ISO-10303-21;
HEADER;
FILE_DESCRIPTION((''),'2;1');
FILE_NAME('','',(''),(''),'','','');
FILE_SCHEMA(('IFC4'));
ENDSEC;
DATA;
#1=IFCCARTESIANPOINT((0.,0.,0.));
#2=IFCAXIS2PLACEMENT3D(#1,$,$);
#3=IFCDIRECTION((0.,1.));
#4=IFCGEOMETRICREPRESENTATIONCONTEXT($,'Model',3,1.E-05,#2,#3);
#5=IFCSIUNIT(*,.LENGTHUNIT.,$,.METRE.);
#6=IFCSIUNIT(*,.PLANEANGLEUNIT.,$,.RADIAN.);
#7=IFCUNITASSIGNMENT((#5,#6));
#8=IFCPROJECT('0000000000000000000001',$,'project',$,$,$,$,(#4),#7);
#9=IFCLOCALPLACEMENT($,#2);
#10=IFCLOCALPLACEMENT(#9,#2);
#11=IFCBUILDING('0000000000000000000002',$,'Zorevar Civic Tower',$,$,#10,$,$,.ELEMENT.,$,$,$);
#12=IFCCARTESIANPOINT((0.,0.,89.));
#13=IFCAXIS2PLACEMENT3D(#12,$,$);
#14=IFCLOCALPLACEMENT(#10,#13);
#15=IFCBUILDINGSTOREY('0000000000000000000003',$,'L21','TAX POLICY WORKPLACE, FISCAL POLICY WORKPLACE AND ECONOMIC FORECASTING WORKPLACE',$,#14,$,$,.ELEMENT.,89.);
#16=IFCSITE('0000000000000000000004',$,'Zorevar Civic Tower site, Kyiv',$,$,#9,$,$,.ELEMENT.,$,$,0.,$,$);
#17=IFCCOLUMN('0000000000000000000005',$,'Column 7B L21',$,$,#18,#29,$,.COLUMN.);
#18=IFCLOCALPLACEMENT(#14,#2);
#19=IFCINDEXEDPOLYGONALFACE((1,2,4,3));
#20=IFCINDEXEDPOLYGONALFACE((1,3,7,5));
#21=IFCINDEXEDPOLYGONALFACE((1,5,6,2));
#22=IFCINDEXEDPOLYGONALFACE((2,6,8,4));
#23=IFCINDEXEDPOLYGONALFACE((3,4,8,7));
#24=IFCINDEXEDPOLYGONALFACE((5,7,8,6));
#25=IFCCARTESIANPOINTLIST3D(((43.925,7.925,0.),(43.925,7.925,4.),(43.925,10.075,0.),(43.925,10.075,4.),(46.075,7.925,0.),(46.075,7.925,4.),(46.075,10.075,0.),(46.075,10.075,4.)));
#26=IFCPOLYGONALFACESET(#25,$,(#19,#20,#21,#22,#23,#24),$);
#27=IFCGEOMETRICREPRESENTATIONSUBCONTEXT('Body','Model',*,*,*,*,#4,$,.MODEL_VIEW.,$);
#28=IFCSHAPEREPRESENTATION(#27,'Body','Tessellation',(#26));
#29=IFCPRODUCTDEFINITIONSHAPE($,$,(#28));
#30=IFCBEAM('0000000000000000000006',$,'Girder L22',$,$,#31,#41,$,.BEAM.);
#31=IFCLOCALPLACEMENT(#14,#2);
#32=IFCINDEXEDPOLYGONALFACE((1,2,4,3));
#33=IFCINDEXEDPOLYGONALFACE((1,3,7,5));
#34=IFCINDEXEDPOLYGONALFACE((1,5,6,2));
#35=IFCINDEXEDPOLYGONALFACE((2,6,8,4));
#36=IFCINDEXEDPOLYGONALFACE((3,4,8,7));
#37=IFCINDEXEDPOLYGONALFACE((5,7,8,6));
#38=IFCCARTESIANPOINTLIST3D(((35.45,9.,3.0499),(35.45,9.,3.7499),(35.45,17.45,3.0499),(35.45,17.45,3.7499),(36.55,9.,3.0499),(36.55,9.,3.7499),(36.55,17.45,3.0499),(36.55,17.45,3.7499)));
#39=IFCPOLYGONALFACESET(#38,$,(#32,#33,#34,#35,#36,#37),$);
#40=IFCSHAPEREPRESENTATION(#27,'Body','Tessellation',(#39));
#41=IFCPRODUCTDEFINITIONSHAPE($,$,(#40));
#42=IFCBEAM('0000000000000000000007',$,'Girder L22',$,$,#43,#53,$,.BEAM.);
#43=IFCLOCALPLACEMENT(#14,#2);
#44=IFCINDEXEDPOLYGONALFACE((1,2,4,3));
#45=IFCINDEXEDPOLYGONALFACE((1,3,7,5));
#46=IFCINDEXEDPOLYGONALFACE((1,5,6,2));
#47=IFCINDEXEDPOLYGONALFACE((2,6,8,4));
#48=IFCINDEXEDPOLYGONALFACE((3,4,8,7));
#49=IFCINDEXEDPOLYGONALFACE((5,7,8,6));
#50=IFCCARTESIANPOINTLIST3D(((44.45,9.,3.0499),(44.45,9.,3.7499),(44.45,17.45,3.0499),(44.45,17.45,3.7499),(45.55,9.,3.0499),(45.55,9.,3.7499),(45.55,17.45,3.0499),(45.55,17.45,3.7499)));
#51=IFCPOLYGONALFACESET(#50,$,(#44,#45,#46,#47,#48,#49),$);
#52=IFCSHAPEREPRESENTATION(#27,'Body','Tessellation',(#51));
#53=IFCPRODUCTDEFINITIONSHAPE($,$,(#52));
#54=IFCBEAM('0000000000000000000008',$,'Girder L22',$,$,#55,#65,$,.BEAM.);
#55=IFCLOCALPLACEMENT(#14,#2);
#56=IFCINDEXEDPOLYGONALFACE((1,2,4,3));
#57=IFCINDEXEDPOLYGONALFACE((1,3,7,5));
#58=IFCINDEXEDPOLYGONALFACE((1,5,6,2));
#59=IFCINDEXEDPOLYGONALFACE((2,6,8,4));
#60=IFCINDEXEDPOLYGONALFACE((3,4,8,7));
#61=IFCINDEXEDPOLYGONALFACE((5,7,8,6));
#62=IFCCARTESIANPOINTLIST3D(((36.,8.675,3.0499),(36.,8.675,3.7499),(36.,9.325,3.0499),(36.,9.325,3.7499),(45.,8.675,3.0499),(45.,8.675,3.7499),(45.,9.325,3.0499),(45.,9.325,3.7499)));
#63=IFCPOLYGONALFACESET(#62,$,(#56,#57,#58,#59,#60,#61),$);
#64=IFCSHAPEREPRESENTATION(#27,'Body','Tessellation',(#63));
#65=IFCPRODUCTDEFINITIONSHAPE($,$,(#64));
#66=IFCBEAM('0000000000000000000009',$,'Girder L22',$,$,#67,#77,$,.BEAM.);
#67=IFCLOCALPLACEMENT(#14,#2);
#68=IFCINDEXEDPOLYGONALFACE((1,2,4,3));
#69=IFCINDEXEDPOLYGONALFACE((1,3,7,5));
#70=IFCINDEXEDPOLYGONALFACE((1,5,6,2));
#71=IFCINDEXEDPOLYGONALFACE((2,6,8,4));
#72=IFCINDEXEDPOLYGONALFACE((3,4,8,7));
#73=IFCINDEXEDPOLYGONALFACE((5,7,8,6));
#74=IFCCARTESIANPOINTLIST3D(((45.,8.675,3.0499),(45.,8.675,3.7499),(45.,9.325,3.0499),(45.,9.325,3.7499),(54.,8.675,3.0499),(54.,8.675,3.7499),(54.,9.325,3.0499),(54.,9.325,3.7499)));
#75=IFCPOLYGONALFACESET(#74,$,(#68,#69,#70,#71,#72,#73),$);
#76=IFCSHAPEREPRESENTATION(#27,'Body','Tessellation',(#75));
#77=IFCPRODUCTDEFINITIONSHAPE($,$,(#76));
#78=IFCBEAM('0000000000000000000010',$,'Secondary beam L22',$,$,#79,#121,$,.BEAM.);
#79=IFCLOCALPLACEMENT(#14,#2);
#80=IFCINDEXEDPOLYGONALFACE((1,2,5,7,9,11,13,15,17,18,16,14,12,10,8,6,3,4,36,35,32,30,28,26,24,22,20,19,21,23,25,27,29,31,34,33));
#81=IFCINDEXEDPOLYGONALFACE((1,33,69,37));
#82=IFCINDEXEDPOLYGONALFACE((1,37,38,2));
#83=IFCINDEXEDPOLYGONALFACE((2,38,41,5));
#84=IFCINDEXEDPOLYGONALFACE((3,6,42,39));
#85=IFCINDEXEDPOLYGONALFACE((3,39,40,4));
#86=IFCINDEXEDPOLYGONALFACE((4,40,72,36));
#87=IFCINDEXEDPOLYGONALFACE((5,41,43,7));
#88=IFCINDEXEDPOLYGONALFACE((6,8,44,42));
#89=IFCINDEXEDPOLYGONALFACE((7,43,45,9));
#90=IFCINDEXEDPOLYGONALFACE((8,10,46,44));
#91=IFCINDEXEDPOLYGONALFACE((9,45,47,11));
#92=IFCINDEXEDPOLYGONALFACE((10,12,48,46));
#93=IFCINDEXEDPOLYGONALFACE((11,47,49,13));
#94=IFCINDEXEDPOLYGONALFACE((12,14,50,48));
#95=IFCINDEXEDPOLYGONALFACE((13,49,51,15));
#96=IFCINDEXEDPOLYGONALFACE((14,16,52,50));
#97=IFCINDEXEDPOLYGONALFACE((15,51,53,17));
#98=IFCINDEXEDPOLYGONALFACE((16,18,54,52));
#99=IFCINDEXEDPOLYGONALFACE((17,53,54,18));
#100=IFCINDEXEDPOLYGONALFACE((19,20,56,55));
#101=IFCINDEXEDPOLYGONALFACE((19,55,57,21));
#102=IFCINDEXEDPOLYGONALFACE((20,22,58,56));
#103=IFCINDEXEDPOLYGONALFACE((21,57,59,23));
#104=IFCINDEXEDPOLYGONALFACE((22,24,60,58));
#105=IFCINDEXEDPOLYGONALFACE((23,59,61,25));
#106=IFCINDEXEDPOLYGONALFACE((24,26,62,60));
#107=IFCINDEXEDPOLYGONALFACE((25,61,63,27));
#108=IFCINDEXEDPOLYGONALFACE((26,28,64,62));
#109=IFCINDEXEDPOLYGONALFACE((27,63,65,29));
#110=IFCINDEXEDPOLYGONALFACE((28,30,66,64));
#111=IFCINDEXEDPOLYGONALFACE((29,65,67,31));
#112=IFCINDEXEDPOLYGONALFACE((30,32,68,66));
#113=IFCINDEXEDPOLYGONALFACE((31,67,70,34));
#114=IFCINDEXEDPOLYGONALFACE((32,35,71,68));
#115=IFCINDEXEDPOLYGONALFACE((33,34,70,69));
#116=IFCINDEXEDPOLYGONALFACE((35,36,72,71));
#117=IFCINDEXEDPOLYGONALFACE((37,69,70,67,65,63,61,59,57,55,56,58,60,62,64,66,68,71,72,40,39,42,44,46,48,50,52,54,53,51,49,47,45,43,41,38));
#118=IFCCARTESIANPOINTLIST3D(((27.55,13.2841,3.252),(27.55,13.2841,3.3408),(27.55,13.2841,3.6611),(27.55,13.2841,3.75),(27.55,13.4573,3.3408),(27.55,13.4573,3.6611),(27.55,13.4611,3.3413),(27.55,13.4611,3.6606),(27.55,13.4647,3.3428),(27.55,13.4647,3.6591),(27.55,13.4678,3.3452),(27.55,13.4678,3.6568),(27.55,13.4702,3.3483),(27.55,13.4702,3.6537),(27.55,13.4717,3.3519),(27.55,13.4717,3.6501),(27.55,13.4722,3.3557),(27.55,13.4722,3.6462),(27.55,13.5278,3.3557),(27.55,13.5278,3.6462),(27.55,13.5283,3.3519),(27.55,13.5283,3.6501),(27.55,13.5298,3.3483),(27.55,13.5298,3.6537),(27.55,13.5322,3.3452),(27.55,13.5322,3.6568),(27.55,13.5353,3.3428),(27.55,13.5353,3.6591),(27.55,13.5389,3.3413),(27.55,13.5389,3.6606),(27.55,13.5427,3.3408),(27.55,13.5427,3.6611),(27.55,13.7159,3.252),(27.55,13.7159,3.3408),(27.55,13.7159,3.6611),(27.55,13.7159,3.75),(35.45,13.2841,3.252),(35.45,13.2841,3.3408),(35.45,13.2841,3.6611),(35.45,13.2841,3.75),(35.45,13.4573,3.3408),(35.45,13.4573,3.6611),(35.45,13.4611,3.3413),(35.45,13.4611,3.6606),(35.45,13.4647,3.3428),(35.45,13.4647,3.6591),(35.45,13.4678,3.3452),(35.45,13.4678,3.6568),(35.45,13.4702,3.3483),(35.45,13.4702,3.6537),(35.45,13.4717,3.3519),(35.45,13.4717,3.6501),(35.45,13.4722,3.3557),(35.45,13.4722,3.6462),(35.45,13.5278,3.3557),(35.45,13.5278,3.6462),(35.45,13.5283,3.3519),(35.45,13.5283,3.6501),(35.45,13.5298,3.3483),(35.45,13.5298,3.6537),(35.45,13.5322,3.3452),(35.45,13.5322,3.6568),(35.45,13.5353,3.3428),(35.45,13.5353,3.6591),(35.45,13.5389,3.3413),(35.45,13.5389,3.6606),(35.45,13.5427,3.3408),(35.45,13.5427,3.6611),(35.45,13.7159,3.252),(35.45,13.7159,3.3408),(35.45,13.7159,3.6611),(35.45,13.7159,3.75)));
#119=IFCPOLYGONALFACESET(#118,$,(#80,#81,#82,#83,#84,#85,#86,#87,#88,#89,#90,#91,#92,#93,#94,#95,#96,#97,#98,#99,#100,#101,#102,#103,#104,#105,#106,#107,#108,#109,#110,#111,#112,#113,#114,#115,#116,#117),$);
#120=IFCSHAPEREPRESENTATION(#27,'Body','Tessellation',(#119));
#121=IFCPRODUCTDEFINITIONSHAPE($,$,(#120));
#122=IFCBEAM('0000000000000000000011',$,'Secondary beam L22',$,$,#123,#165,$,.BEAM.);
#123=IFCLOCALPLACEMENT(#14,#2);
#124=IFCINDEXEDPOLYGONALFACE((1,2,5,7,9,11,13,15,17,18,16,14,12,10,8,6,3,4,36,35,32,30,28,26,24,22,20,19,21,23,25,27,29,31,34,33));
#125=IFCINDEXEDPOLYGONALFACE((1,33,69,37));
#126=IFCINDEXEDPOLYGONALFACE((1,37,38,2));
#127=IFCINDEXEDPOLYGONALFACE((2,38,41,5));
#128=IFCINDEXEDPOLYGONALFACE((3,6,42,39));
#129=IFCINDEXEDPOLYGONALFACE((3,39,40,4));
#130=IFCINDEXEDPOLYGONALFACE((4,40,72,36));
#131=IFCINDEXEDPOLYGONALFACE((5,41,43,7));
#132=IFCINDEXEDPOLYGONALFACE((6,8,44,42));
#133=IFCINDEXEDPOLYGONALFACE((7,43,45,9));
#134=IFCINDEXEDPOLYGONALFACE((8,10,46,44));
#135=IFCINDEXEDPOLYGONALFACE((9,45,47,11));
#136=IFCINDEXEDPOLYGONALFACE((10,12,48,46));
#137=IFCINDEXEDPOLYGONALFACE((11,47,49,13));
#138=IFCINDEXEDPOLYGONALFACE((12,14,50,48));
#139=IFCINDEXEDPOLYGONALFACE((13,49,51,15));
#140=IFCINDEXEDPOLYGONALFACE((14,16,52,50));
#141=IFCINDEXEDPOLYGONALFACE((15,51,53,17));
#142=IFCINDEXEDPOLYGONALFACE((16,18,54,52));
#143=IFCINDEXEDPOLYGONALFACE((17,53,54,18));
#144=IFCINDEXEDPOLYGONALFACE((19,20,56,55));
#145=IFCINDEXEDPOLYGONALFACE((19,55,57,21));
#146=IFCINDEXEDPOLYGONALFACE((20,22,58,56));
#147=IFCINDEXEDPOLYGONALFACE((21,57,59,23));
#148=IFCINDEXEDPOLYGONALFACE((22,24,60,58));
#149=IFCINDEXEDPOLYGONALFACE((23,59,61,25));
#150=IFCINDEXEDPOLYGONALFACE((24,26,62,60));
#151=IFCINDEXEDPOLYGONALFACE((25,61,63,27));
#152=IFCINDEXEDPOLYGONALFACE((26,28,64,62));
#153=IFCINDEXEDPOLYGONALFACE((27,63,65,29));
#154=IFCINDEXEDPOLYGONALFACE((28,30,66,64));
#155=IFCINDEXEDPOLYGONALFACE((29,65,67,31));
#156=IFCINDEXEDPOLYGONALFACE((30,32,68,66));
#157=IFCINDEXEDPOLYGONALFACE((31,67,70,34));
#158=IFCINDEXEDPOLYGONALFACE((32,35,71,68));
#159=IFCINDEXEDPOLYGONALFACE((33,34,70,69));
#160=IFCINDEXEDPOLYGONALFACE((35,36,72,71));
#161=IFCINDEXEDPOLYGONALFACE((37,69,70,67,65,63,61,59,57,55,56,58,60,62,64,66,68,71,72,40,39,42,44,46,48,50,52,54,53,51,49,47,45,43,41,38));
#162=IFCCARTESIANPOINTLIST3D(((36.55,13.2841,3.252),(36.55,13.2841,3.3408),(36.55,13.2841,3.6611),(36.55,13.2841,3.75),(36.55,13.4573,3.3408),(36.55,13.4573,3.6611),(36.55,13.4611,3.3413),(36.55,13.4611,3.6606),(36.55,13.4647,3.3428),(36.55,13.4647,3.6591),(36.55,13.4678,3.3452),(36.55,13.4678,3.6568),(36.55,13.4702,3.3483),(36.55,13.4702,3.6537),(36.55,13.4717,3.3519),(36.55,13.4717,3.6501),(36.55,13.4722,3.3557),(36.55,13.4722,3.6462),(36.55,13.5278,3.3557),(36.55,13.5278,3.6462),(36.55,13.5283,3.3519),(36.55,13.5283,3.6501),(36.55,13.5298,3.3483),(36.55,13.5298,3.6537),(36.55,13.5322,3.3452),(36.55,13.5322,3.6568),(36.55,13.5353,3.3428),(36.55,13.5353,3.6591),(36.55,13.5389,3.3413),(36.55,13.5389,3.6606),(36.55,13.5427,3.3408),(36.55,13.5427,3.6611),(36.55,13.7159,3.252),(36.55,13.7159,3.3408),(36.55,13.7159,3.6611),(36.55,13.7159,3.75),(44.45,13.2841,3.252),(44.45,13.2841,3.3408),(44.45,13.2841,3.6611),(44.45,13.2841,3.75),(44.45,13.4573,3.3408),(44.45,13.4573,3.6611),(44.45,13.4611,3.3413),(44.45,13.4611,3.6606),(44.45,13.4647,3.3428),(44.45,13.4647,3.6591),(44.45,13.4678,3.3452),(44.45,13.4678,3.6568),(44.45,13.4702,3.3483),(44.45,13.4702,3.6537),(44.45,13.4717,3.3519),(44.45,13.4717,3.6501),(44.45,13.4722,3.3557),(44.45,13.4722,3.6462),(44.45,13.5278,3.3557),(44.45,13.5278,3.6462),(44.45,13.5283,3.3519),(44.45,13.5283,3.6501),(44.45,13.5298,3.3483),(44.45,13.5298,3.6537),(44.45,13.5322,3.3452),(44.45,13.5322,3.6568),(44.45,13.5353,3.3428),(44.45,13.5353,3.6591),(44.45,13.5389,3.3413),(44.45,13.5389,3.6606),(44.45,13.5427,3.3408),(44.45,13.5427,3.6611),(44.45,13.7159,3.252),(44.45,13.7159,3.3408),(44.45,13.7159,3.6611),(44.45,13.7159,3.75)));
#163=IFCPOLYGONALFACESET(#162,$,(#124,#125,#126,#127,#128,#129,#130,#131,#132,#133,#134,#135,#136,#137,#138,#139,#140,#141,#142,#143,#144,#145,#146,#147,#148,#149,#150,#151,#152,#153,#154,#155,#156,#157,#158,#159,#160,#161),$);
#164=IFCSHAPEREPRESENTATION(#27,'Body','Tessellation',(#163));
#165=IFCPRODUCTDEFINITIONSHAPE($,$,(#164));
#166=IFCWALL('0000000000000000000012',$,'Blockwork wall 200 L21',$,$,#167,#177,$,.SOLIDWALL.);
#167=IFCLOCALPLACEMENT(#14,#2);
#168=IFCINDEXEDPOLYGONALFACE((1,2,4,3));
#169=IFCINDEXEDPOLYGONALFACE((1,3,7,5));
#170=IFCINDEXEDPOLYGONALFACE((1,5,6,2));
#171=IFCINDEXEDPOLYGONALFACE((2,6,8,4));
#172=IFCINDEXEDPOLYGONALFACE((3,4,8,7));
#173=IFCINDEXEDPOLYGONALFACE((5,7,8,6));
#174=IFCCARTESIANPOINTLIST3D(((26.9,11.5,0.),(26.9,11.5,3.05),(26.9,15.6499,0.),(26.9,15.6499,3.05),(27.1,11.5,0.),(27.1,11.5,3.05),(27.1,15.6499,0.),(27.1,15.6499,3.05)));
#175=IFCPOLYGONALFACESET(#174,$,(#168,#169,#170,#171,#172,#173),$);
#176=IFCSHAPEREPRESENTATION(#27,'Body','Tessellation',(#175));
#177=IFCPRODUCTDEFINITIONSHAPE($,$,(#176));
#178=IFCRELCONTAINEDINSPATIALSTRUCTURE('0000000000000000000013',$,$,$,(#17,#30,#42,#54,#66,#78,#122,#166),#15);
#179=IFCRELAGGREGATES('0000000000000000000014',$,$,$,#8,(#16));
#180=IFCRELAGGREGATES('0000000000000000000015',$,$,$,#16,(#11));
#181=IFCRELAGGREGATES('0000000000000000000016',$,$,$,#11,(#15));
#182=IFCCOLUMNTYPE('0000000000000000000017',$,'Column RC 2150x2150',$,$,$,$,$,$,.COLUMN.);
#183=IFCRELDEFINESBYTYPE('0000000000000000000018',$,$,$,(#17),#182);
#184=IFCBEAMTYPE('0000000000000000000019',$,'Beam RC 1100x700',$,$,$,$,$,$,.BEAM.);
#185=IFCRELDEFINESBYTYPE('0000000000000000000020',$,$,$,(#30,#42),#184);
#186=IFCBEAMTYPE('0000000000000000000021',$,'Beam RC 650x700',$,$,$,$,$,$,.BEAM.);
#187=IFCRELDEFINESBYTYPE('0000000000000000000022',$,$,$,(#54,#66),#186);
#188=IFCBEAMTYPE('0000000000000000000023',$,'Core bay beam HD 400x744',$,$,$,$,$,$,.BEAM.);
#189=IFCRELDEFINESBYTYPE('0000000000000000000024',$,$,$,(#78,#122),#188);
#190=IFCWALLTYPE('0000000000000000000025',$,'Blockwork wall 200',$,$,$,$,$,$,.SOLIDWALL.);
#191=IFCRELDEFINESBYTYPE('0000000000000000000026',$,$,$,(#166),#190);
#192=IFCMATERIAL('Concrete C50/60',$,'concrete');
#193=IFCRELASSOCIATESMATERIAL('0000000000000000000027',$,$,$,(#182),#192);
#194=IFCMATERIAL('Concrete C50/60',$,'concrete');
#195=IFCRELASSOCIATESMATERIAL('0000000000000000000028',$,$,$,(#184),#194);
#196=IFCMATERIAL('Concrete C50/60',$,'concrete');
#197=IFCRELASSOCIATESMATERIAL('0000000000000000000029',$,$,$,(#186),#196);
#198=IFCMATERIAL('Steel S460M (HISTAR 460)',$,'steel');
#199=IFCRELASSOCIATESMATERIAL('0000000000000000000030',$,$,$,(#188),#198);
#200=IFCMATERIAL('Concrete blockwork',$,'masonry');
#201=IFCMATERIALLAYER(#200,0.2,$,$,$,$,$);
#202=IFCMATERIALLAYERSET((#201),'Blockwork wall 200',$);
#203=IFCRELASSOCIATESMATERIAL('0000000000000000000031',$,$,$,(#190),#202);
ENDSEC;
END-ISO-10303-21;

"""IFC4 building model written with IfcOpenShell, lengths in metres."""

from ifc_helpers import new_model, si_unit, direction, frame, frame_2d, origin, origin_2d, place, context, subcontext, project, spatial, rectangle, i_section, extrude, material, layer, layer_set, material_profile, profile_set, type_object, element, save


model = new_model("IFC4")

# Units and contexts
model_context = context("Model", 3, precision=1e-05, world=origin(), true_north=direction((0.0, 1.0)))
body_context = subcontext(model_context, "Body", "Model", "MODEL_VIEW")
ifc_project = project(units=[si_unit("LENGTHUNIT", "METRE"), si_unit("PLANEANGLEUNIT", "RADIAN")], contexts=[model_context])

# Site, building, storey
site_placement = place(None, origin())
site = spatial("IfcSite", under=ifc_project, at=site_placement, Name="Zorevar Civic Tower site, Kyiv", CompositionType="ELEMENT", RefElevation=0.0)
building_placement = place(site_placement, origin())
building = spatial("IfcBuilding", under=site, at=building_placement, Name="Zorevar Civic Tower", CompositionType="ELEMENT")
storey_placement = place(building_placement, frame((0.0, 0.0, 89.0)))
storey = spatial("IfcBuildingStorey", under=building, at=storey_placement, Name="L21", Description="TAX POLICY WORKPLACE, FISCAL POLICY WORKPLACE AND ECONOMIC FORECASTING WORKPLACE", CompositionType="ELEMENT", Elevation=89.0)

# Column
ifc_material_1 = material(Name="Concrete C50/60", Category="concrete")
ifc_material_profile_1 = material_profile(ifc_material_1, rectangle(XDim=2.1499, YDim=2.1499, at=origin_2d()), Name="RC 2150x2150")
ifc_profile_set_1 = profile_set([ifc_material_profile_1], Name="Concrete C50/60")
column_type = type_object("IfcColumnType", Name="Column RC 2150x2150", PredefinedType="COLUMN", material=ifc_profile_set_1)
column_placement = place(storey_placement, frame((45.0, 9.0, 0.0), z_axis=(0.0, 0.0, 1.0), x_axis=(1.0, 0.0, 0.0)))
element("IfcColumn", 1, at=column_placement, inside=storey, type_object=column_type, Name="Column 7B L21", PredefinedType="COLUMN", context=body_context, shape_type="SweptSolid", body=[
    extrude(rectangle(XDim=2.1499, YDim=2.1499, at=origin_2d()), origin(), (0.0, 0.0, 1.0), 4.0),
])

# Beams
ifc_material_2 = material(Name="Concrete C50/60", Category="concrete")
ifc_material_profile_2 = material_profile(ifc_material_2, rectangle(XDim=1.1001, YDim=0.7, at=origin_2d()), Name="RC 1100x700")
ifc_profile_set_2 = profile_set([ifc_material_profile_2], Name="Concrete C50/60")
beam_type_1 = type_object("IfcBeamType", Name="Beam RC 1100x700", PredefinedType="BEAM", material=ifc_profile_set_2)
for number, where, z_axis, x_axis, name in (
    (2, (36.0, 9.0, 3.3999), (0.0, 1.0, 0.0), (-1.0, 0.0, 0.0), "Girder L22"),
    (3, (45.0, 9.0, 3.3999), (0.0, 1.0, 0.0), (-1.0, 0.0, 0.0), "Girder L22"),
):
    element("IfcBeam", number, at=place(storey_placement, frame(where, z_axis=z_axis, x_axis=x_axis)), inside=storey, type_object=beam_type_1, Name=name, PredefinedType="BEAM", context=body_context, shape_type="SweptSolid", body=[
        extrude(rectangle(XDim=1.1001, YDim=0.7, at=origin_2d()), origin(), (0.0, 0.0, 1.0), 8.45),
    ])
ifc_material_3 = material(Name="Concrete C50/60", Category="concrete")
ifc_material_profile_3 = material_profile(ifc_material_3, rectangle(XDim=0.6499, YDim=0.7, at=origin_2d()), Name="RC 650x700")
ifc_profile_set_3 = profile_set([ifc_material_profile_3], Name="Concrete C50/60")
beam_type_2 = type_object("IfcBeamType", Name="Beam RC 650x700", PredefinedType="BEAM", material=ifc_profile_set_3)
for number, where, z_axis, x_axis, name in (
    (4, (36.0, 9.0, 3.3999), (1.0, 0.0, 0.0), (0.0, 1.0, 0.0), "Girder L22"),
    (5, (45.0, 9.0, 3.3999), (1.0, 0.0, 0.0), (0.0, 1.0, 0.0), "Girder L22"),
):
    element("IfcBeam", number, at=place(storey_placement, frame(where, z_axis=z_axis, x_axis=x_axis)), inside=storey, type_object=beam_type_2, Name=name, PredefinedType="BEAM", context=body_context, shape_type="SweptSolid", body=[
        extrude(rectangle(XDim=0.6499, YDim=0.7, at=origin_2d()), origin(), (0.0, 0.0, 1.0), 9.0),
    ])
ifc_material_4 = material(Name="Steel S460M (HISTAR 460)", Category="steel")
ifc_material_profile_4 = material_profile(ifc_material_4, i_section(OverallWidth=0.4319, OverallDepth=0.498, WebThickness=0.0557, FlangeThickness=0.0889, FilletRadius=0.0149, at=origin_2d()), Name="HD 400x744")
ifc_profile_set_4 = profile_set([ifc_material_profile_4], Name="Steel S460M (HISTAR 460)")
beam_type_3 = type_object("IfcBeamType", Name="Core bay beam HD 400x744", PredefinedType="BEAM", material=ifc_profile_set_4)
for number, where, z_axis, x_axis, name in (
    (6, (27.55, 13.5, 3.501), (1.0, 0.0, 0.0), (0.0, 1.0, 0.0), "Secondary beam L22"),
    (7, (36.55, 13.5, 3.501), (1.0, 0.0, 0.0), (0.0, 1.0, 0.0), "Secondary beam L22"),
):
    element("IfcBeam", number, at=place(storey_placement, frame(where, z_axis=z_axis, x_axis=x_axis)), inside=storey, type_object=beam_type_3, Name=name, PredefinedType="BEAM", context=body_context, shape_type="SweptSolid", body=[
        extrude(i_section(OverallWidth=0.4319, OverallDepth=0.498, WebThickness=0.0557, FlangeThickness=0.0889, FilletRadius=0.0149, at=origin_2d()), origin(), (0.0, 0.0, 1.0), 7.8999),
    ])

# Wall
ifc_material_5 = material(Name="Concrete blockwork", Category="masonry")
ifc_layer_1 = layer(ifc_material_5, 0.2)
ifc_layer_set_1 = layer_set([ifc_layer_1], Name="Blockwork wall 200")
wall_type_1 = type_object("IfcWallType", Name="Blockwork wall 200", PredefinedType="SOLIDWALL", material=ifc_layer_set_1)
wall_1_placement = place(storey_placement, frame((27.0, 11.5, 0.0), z_axis=(0.0, 0.0, 1.0), x_axis=(0.0, 1.0, 0.0)))
element("IfcWall", 8, at=wall_1_placement, inside=storey, type_object=wall_type_1, Name="Blockwork wall 200 L21", PredefinedType="SOLIDWALL", context=body_context, shape_type="SweptSolid", body=[
    extrude(rectangle(XDim=4.1499, YDim=0.2, at=frame_2d((2.075, 0.0))), origin(), (0.0, 0.0, 1.0), 3.05),
])

save(model, "model.ifc")
